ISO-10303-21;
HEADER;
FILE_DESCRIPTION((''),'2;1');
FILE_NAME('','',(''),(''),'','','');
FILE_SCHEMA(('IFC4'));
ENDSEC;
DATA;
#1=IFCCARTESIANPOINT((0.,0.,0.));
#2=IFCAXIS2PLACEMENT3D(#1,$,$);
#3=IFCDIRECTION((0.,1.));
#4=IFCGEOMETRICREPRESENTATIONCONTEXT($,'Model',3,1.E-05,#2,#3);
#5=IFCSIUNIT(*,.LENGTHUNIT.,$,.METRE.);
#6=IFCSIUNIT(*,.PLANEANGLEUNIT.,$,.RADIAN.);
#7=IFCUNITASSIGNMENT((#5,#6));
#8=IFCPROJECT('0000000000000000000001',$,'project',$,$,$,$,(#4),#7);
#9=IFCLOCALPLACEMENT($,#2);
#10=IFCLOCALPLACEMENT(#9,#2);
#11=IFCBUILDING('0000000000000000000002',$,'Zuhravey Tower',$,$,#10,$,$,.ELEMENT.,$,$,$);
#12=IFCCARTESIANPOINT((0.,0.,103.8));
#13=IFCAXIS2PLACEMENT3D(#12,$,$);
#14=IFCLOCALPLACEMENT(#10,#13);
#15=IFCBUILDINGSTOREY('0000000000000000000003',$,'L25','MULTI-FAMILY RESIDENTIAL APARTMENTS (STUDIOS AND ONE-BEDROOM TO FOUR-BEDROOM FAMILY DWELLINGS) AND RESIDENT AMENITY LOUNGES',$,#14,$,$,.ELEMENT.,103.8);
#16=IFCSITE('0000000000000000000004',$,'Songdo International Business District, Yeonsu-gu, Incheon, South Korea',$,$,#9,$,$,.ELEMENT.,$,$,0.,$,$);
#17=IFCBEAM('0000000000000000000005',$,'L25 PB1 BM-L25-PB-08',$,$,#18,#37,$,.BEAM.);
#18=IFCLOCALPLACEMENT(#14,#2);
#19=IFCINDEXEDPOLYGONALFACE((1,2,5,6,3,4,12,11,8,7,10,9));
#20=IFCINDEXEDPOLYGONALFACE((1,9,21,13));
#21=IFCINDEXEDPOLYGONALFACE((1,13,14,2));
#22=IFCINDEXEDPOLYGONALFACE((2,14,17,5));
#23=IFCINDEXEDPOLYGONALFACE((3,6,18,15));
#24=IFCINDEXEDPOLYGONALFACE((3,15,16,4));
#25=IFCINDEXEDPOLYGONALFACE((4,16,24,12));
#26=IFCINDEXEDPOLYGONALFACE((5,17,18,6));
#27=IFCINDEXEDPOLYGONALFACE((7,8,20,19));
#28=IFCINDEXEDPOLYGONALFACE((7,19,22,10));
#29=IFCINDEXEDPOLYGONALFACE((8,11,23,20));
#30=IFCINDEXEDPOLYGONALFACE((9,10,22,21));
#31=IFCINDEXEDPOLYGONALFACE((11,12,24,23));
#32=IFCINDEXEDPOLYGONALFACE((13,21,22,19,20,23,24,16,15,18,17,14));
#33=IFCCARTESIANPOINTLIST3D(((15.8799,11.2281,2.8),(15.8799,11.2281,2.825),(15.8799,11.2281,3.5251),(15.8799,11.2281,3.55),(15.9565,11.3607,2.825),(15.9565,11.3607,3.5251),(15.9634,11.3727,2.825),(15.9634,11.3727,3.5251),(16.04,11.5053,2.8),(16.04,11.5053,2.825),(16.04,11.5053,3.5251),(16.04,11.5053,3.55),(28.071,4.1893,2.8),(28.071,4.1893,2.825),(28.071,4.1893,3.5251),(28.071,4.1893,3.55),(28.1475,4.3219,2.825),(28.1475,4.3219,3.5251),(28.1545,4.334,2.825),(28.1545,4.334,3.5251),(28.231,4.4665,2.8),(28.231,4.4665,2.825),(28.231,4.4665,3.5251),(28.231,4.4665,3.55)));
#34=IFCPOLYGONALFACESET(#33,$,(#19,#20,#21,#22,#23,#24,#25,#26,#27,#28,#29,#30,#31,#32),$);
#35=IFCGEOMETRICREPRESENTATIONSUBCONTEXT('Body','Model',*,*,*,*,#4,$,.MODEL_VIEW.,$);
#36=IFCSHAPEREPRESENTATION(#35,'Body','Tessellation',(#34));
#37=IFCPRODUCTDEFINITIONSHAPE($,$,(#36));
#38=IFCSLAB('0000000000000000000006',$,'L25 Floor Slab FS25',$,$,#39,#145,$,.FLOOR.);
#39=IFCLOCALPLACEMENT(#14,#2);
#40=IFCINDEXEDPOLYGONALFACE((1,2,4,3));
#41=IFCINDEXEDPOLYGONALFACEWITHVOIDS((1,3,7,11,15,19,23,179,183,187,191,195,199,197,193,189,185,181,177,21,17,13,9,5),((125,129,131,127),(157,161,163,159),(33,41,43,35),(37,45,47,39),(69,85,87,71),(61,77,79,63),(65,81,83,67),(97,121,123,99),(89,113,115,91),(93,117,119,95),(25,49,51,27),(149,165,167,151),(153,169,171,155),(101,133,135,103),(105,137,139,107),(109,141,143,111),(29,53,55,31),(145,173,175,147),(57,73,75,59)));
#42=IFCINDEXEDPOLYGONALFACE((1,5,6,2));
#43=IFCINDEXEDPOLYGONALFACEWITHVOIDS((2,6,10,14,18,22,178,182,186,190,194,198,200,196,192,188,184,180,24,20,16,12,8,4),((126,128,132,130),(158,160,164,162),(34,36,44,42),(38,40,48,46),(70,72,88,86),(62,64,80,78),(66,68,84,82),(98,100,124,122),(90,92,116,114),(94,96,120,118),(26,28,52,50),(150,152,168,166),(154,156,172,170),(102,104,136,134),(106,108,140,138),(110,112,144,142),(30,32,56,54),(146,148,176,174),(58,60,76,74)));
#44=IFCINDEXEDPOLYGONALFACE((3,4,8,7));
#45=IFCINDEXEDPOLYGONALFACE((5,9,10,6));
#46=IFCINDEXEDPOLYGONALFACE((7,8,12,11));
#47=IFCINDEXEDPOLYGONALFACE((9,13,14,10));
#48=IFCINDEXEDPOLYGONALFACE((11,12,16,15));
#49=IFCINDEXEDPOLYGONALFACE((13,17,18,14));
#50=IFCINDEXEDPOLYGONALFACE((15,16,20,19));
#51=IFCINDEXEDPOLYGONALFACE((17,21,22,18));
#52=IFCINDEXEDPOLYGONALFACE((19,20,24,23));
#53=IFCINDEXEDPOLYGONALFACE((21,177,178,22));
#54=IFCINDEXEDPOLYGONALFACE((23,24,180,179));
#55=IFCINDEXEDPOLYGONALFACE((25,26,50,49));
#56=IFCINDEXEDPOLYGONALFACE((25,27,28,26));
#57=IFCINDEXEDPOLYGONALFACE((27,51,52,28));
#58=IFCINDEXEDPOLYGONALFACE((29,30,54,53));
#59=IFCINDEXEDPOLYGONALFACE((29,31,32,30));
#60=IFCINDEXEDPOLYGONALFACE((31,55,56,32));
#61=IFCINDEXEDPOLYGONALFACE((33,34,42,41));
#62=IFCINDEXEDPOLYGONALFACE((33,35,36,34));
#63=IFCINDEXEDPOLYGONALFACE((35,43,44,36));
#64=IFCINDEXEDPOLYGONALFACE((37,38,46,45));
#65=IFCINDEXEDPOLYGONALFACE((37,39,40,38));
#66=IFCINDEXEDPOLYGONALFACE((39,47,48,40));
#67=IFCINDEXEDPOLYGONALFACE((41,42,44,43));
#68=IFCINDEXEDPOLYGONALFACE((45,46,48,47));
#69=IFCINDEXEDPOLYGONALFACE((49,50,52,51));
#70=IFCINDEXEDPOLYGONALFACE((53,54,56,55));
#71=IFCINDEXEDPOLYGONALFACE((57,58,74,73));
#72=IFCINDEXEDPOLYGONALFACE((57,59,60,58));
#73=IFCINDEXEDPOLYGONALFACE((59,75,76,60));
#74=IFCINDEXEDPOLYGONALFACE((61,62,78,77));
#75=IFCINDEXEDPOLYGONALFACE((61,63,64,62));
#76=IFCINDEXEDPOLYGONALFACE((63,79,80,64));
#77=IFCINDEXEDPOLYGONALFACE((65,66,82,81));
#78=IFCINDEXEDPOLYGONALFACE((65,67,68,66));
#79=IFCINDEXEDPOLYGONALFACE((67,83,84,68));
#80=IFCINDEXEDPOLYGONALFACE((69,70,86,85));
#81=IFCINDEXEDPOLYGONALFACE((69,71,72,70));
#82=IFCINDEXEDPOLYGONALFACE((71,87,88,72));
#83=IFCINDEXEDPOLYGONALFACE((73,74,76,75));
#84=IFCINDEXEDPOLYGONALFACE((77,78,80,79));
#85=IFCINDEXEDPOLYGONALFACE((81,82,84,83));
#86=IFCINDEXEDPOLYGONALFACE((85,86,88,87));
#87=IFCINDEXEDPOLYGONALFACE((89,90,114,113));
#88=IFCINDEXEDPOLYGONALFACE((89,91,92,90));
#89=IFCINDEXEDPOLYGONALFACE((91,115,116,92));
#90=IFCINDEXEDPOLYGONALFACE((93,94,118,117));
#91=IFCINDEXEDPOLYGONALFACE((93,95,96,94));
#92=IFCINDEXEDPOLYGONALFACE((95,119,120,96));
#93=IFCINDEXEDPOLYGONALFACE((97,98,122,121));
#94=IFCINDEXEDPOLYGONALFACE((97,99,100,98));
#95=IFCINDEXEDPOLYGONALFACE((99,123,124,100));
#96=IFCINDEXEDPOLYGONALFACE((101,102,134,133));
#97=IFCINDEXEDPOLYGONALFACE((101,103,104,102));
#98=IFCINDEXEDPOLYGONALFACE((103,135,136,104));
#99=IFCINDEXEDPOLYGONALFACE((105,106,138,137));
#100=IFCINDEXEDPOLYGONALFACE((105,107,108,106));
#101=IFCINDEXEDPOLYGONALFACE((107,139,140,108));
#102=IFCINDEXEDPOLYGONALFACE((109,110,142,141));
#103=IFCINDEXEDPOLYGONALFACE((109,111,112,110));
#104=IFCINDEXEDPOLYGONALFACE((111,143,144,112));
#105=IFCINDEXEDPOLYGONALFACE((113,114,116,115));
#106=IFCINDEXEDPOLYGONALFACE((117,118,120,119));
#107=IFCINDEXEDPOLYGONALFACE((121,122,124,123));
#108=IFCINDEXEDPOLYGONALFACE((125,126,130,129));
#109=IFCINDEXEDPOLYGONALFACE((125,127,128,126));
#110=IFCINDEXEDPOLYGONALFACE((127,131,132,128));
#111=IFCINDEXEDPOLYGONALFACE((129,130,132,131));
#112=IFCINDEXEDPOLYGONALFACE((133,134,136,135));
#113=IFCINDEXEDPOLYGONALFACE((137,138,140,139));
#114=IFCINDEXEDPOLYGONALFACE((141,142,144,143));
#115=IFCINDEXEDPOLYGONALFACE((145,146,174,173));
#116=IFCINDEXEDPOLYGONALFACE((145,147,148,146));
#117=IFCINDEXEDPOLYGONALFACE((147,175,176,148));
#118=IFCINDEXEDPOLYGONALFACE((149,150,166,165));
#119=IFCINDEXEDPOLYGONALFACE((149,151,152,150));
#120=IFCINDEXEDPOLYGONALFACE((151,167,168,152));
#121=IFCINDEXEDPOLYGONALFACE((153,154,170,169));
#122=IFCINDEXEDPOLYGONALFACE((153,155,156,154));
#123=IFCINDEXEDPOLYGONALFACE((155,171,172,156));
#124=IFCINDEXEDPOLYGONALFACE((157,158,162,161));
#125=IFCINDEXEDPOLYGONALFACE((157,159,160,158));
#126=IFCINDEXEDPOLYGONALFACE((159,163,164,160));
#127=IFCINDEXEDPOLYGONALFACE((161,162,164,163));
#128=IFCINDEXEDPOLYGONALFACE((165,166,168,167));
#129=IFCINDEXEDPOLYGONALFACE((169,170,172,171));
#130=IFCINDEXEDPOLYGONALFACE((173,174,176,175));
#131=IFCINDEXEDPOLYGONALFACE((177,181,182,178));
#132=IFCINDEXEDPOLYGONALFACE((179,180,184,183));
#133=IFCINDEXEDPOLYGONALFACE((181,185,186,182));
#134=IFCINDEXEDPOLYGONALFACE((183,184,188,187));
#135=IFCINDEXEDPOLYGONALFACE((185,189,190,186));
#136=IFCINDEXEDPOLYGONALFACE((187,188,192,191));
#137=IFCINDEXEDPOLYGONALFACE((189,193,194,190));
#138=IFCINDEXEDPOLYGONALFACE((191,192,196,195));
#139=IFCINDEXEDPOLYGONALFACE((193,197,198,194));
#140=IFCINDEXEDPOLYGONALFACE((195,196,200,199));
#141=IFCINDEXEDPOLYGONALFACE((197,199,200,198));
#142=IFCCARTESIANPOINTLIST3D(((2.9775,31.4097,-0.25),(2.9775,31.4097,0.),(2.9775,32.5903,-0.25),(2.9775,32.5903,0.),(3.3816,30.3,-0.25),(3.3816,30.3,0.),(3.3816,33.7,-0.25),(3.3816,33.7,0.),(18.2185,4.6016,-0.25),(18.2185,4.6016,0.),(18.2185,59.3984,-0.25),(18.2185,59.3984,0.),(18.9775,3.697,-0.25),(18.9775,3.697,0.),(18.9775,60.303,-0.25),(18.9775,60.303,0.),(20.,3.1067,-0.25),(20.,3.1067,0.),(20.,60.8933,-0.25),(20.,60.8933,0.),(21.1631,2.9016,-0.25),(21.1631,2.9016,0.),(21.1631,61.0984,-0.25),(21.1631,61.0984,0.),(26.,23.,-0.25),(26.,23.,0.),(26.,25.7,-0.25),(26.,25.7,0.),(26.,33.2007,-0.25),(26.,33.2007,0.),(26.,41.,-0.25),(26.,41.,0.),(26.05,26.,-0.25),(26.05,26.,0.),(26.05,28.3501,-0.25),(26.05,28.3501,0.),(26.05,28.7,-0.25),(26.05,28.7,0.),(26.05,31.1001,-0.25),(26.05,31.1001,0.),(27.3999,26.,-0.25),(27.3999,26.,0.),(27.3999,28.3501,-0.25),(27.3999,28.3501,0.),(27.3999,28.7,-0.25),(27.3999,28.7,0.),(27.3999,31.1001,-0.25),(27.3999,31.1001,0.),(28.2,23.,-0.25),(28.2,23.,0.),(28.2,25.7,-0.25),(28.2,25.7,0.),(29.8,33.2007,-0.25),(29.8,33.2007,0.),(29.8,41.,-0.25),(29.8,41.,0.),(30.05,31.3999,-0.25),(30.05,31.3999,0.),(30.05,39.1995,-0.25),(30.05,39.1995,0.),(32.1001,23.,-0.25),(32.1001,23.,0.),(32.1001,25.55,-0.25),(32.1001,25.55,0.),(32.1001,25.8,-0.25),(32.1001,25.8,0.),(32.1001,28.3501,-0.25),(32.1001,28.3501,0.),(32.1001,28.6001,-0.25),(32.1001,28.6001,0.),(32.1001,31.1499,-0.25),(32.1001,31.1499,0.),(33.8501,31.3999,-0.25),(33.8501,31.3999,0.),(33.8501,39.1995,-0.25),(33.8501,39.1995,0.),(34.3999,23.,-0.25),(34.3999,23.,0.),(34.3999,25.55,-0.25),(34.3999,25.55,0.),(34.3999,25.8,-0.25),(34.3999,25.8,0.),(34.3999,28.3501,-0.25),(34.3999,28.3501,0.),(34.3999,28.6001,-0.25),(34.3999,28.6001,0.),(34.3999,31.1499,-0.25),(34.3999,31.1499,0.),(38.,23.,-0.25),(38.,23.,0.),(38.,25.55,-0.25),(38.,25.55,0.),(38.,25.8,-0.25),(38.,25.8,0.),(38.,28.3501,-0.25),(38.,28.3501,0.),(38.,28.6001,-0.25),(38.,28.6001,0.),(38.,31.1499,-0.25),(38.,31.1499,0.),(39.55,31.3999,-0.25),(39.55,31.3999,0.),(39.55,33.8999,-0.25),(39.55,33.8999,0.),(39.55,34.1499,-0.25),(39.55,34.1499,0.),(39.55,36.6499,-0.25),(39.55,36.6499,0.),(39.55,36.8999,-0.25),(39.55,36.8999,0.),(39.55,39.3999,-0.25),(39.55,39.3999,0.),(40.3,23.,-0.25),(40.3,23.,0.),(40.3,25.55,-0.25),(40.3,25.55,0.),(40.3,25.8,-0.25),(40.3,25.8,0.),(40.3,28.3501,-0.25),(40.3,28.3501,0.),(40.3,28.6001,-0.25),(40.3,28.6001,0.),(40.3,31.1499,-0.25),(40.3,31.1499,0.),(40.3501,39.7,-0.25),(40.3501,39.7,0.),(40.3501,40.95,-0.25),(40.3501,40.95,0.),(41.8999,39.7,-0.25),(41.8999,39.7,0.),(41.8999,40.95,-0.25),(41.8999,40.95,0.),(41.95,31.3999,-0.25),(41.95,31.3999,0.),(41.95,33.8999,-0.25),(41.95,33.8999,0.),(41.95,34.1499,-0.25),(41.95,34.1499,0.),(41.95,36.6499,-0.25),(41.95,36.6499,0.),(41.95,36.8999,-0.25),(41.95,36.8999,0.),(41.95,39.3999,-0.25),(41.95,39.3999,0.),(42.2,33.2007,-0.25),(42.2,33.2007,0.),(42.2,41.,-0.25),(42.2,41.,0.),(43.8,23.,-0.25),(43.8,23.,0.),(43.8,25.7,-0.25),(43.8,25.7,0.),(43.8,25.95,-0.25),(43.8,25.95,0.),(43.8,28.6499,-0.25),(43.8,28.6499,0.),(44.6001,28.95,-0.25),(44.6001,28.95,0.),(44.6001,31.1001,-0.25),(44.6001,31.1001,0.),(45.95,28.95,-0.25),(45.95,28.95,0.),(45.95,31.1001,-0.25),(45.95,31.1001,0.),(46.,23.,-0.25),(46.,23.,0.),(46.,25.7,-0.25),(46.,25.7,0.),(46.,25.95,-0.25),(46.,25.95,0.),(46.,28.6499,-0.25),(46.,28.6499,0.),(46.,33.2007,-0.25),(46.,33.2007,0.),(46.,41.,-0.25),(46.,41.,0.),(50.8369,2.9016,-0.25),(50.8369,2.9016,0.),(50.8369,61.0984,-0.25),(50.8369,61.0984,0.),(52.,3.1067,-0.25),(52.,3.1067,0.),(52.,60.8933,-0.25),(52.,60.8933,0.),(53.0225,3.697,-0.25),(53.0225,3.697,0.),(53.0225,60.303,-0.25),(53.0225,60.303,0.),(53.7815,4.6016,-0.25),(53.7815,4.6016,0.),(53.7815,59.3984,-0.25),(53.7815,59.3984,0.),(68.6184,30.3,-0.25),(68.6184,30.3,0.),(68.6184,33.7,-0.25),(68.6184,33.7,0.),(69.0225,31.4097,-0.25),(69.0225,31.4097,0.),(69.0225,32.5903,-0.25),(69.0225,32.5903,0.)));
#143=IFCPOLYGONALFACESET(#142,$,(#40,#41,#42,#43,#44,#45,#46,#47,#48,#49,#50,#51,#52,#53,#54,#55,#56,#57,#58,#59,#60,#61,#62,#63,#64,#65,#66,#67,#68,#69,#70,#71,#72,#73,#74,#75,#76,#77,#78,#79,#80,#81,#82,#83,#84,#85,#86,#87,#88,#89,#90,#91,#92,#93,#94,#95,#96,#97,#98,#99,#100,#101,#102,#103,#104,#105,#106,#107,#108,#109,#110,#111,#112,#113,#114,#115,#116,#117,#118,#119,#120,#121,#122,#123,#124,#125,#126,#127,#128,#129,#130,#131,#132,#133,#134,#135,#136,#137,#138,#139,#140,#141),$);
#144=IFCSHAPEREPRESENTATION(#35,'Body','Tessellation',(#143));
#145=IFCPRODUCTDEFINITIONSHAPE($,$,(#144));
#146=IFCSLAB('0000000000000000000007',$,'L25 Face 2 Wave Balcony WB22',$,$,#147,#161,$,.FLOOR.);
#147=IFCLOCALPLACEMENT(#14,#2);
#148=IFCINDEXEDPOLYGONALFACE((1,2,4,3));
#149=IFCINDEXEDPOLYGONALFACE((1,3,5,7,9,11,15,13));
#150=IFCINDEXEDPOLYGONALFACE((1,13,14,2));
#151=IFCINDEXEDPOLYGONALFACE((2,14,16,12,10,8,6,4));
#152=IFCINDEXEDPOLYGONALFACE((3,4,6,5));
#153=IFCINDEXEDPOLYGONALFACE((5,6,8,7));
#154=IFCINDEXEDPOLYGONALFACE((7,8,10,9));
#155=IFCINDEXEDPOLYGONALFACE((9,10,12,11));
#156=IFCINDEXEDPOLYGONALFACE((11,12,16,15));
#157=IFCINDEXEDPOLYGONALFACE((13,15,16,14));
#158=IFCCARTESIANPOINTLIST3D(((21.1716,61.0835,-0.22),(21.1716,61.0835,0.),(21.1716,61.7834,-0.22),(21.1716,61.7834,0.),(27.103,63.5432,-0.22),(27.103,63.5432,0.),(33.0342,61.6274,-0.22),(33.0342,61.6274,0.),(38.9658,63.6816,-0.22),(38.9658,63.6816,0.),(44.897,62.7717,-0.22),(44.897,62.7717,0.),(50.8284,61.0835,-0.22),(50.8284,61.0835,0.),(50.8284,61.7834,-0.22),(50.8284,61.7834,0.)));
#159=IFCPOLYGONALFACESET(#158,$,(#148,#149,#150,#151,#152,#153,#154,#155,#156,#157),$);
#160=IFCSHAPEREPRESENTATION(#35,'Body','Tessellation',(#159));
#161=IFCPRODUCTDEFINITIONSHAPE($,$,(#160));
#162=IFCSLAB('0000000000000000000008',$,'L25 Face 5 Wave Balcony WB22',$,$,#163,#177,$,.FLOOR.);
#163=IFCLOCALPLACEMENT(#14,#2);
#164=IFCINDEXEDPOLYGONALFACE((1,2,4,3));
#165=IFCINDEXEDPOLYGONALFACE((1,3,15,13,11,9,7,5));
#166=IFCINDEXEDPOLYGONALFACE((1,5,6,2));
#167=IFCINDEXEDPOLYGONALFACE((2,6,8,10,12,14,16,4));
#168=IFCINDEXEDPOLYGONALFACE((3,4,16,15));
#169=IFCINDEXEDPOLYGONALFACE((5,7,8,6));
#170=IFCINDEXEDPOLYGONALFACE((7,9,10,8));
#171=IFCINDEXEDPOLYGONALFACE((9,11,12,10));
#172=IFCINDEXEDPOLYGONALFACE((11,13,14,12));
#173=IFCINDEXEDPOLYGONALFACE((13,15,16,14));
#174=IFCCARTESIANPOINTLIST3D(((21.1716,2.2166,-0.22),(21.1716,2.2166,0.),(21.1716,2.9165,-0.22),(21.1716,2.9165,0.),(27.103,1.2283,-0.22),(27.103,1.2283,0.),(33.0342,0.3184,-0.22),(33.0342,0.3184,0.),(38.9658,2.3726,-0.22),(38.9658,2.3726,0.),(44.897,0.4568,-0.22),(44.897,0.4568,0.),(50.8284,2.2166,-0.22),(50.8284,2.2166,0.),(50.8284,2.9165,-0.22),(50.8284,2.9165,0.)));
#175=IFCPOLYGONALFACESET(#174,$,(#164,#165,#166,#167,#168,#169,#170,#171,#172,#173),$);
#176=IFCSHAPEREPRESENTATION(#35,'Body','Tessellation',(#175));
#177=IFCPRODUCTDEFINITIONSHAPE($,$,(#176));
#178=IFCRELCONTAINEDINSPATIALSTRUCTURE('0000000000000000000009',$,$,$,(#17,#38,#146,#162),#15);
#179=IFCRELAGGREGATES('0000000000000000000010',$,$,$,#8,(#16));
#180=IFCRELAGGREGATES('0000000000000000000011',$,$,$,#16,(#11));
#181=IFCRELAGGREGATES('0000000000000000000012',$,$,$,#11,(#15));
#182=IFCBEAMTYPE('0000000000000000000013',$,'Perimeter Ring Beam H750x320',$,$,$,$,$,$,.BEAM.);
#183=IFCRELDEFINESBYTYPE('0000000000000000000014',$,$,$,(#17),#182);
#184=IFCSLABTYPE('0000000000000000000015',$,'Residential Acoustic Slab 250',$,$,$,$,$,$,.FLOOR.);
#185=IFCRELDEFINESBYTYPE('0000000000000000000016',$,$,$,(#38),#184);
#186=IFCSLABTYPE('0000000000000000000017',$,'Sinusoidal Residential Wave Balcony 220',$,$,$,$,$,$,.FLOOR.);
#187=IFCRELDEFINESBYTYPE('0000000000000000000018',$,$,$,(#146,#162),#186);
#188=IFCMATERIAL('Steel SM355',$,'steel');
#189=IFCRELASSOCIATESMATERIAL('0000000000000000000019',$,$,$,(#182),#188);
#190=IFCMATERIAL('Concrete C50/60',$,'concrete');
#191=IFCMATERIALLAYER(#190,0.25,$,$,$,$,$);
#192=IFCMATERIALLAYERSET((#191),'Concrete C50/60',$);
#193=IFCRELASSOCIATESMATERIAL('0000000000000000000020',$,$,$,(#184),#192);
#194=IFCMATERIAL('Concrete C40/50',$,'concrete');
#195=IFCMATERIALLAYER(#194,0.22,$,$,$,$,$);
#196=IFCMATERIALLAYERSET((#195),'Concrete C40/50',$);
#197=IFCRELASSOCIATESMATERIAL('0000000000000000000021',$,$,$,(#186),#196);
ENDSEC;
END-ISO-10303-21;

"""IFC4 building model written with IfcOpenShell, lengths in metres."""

from ifc_helpers import new_model, si_unit, direction, frame, origin, origin_2d, place, context, subcontext, project, spatial, polyline, i_section, outline, extrude, material, layer, layer_set, material_profile, profile_set, type_object, element, save


model = new_model("IFC4")

# Units and contexts
model_context = context("Model", 3, precision=1e-05, world=origin(), true_north=direction((0.0, 1.0)))
body_context = subcontext(model_context, "Body", "Model", "MODEL_VIEW")
ifc_project = project(units=[si_unit("LENGTHUNIT", "METRE"), si_unit("PLANEANGLEUNIT", "RADIAN")], contexts=[model_context])

# Site, building, storey
site_placement = place(None, origin())
site = spatial("IfcSite", under=ifc_project, at=site_placement, Name="Songdo International Business District, Yeonsu-gu, Incheon, South Korea", CompositionType="ELEMENT", RefElevation=0.0)
building_placement = place(site_placement, origin())
building = spatial("IfcBuilding", under=site, at=building_placement, Name="Zuhravey Tower", CompositionType="ELEMENT")
storey_placement = place(building_placement, frame((0.0, 0.0, 103.8)))
storey = spatial("IfcBuildingStorey", under=building, at=storey_placement, Name="L25", Description="MULTI-FAMILY RESIDENTIAL APARTMENTS (STUDIOS AND ONE-BEDROOM TO FOUR-BEDROOM FAMILY DWELLINGS) AND RESIDENT AMENITY LOUNGES", CompositionType="ELEMENT", Elevation=103.8)

# Beam
ifc_material_1 = material(Name="Steel SM355", Category="steel")
ifc_material_profile_1 = material_profile(ifc_material_1, i_section(OverallWidth=0.3201, OverallDepth=0.75, WebThickness=0.0139, FlangeThickness=0.0249, at=origin_2d()), Name="H-750x320x14x25")
ifc_profile_set_1 = profile_set([ifc_material_profile_1], Name="Steel SM355")
beam_type_1 = type_object("IfcBeamType", Name="Perimeter Ring Beam H750x320", PredefinedType="BEAM", material=ifc_profile_set_1)
beam_1_placement = place(storey_placement, frame((15.96, 11.3667, 3.175), z_axis=(0.866018, -0.500013, 0.0), x_axis=(0.500013, 0.866018, 0.0)))
element("IfcBeam", 1, at=beam_1_placement, inside=storey, type_object=beam_type_1, Name="L25 PB1 BM-L25-PB-08", PredefinedType="BEAM", context=body_context, shape_type="SweptSolid", body=[
    extrude(i_section(OverallWidth=0.3201, OverallDepth=0.75, WebThickness=0.0139, FlangeThickness=0.0249, at=origin_2d()), origin(), (0.0, 0.0, 1.0), 14.0771),
])

# Slabs
ifc_material_2 = material(Name="Concrete C50/60", Category="concrete")
ifc_layer_1 = layer(ifc_material_2, 0.25)
ifc_layer_set_1 = layer_set([ifc_layer_1], Name="Concrete C50/60")
slab_type_1 = type_object("IfcSlabType", Name="Residential Acoustic Slab 250", PredefinedType="FLOOR", material=ifc_layer_set_1)
slab_1_placement = place(storey_placement, frame((0.0, 0.0, -0.25)))
element("IfcSlab", 2, at=slab_1_placement, inside=storey, type_object=slab_type_1, Name="L25 Floor Slab FS25", PredefinedType="FLOOR", context=body_context, shape_type="SweptSolid", body=[
    extrude(outline(polyline([(68.6184, 30.3), (69.0225, 31.4097), (69.0225, 32.5903), (68.6184, 33.7), (53.7815, 59.3984), (53.0225, 60.303), (52.0, 60.8933), (50.8369, 61.0984), (21.1631, 61.0984), (20.0, 60.8933), (18.9775, 60.303), (18.2185, 59.3984), (3.3816, 33.7), (2.9775, 32.5903), (2.9775, 31.4097), (3.3816, 30.3), (18.2185, 4.6016), (18.9775, 3.697), (20.0, 3.1067), (21.1631, 2.9016), (50.8369, 2.9016), (52.0, 3.1067), (53.0225, 3.697), (53.7815, 4.6016), (68.6184, 30.3)]), holes=[polyline([(29.8, 33.2007), (29.8, 41.0), (26.0, 41.0), (26.0, 33.2007), (29.8, 33.2007)]), polyline([(46.0, 33.2007), (46.0, 41.0), (42.2, 41.0), (42.2, 33.2007), (46.0, 33.2007)]), polyline([(30.05, 39.1995), (30.05, 31.3999), (33.8501, 31.3999), (33.8501, 39.1995), (30.05, 39.1995)]), polyline([(32.1001, 23.0), (34.3999, 23.0), (34.3999, 25.55), (32.1001, 25.55), (32.1001, 23.0)]), polyline([(32.1001, 25.8), (34.3999, 25.8), (34.3999, 28.3501), (32.1001, 28.3501), (32.1001, 25.8)]), polyline([(32.1001, 28.6001), (34.3999, 28.6001), (34.3999, 31.1499), (32.1001, 31.1499), (32.1001, 28.6001)]), polyline([(38.0, 23.0), (40.3, 23.0), (40.3, 25.55), (38.0, 25.55), (38.0, 23.0)]), polyline([(38.0, 25.8), (40.3, 25.8), (40.3, 28.3501), (38.0, 28.3501), (38.0, 25.8)]), polyline([(38.0, 28.6001), (40.3, 28.6001), (40.3, 31.1499), (38.0, 31.1499), (38.0, 28.6001)]), polyline([(39.55, 31.3999), (41.95, 31.3999), (41.95, 33.8999), (39.55, 33.8999), (39.55, 31.3999)]), polyline([(39.55, 34.1499), (41.95, 34.1499), (41.95, 36.6499), (39.55, 36.6499), (39.55, 34.1499)]), polyline([(39.55, 36.8999), (41.95, 36.8999), (41.95, 39.3999), (39.55, 39.3999), (39.55, 36.8999)]), polyline([(26.0, 23.0), (28.2, 23.0), (28.2, 25.7), (26.0, 25.7), (26.0, 23.0)]), polyline([(43.8, 23.0), (46.0, 23.0), (46.0, 25.7), (43.8, 25.7), (43.8, 23.0)]), polyline([(43.8, 25.95), (46.0, 25.95), (46.0, 28.6499), (43.8, 28.6499), (43.8, 25.95)]), polyline([(26.05, 26.0), (27.3999, 26.0), (27.3999, 28.3501), (26.05, 28.3501), (26.05, 26.0)]), polyline([(26.05, 28.7), (27.3999, 28.7), (27.3999, 31.1001), (26.05, 31.1001), (26.05, 28.7)]), polyline([(44.6001, 28.95), (45.95, 28.95), (45.95, 31.1001), (44.6001, 31.1001), (44.6001, 28.95)]), polyline([(40.3501, 39.7), (41.8999, 39.7), (41.8999, 40.95), (40.3501, 40.95), (40.3501, 39.7)])]), origin(), (0.0, 0.0, 1.0), 0.25),
])
ifc_material_3 = material(Name="Concrete C40/50", Category="concrete")
ifc_layer_2 = layer(ifc_material_3, 0.22)
ifc_layer_set_2 = layer_set([ifc_layer_2], Name="Concrete C40/50")
slab_type_2 = type_object("IfcSlabType", Name="Sinusoidal Residential Wave Balcony 220", PredefinedType="FLOOR", material=ifc_layer_set_2)
slab_2_placement = place(storey_placement, frame((0.0, 0.0, -0.22)))
element("IfcSlab", 3, at=slab_2_placement, inside=storey, type_object=slab_type_2, Name="L25 Face 2 Wave Balcony WB22", PredefinedType="FLOOR", context=body_context, shape_type="SweptSolid", body=[
    extrude(outline(polyline([(50.8284, 61.0835), (21.1716, 61.0835), (21.1716, 61.7834), (27.103, 63.5432), (33.0342, 61.6274), (38.9658, 63.6816), (44.897, 62.7717), (50.8284, 61.7834), (50.8284, 61.0835)])), origin(), (0.0, 0.0, 1.0), 0.22),
])
slab_3_placement = place(storey_placement, frame((0.0, 0.0, -0.22)))
element("IfcSlab", 4, at=slab_3_placement, inside=storey, type_object=slab_type_2, Name="L25 Face 5 Wave Balcony WB22", PredefinedType="FLOOR", context=body_context, shape_type="SweptSolid", body=[
    extrude(outline(polyline([(21.1716, 2.9165), (50.8284, 2.9165), (50.8284, 2.2166), (44.897, 0.4568), (38.9658, 2.3726), (33.0342, 0.3184), (27.103, 1.2283), (21.1716, 2.2166), (21.1716, 2.9165)])), origin(), (0.0, 0.0, 1.0), 0.22),
])

save(model, "model.ifc")
